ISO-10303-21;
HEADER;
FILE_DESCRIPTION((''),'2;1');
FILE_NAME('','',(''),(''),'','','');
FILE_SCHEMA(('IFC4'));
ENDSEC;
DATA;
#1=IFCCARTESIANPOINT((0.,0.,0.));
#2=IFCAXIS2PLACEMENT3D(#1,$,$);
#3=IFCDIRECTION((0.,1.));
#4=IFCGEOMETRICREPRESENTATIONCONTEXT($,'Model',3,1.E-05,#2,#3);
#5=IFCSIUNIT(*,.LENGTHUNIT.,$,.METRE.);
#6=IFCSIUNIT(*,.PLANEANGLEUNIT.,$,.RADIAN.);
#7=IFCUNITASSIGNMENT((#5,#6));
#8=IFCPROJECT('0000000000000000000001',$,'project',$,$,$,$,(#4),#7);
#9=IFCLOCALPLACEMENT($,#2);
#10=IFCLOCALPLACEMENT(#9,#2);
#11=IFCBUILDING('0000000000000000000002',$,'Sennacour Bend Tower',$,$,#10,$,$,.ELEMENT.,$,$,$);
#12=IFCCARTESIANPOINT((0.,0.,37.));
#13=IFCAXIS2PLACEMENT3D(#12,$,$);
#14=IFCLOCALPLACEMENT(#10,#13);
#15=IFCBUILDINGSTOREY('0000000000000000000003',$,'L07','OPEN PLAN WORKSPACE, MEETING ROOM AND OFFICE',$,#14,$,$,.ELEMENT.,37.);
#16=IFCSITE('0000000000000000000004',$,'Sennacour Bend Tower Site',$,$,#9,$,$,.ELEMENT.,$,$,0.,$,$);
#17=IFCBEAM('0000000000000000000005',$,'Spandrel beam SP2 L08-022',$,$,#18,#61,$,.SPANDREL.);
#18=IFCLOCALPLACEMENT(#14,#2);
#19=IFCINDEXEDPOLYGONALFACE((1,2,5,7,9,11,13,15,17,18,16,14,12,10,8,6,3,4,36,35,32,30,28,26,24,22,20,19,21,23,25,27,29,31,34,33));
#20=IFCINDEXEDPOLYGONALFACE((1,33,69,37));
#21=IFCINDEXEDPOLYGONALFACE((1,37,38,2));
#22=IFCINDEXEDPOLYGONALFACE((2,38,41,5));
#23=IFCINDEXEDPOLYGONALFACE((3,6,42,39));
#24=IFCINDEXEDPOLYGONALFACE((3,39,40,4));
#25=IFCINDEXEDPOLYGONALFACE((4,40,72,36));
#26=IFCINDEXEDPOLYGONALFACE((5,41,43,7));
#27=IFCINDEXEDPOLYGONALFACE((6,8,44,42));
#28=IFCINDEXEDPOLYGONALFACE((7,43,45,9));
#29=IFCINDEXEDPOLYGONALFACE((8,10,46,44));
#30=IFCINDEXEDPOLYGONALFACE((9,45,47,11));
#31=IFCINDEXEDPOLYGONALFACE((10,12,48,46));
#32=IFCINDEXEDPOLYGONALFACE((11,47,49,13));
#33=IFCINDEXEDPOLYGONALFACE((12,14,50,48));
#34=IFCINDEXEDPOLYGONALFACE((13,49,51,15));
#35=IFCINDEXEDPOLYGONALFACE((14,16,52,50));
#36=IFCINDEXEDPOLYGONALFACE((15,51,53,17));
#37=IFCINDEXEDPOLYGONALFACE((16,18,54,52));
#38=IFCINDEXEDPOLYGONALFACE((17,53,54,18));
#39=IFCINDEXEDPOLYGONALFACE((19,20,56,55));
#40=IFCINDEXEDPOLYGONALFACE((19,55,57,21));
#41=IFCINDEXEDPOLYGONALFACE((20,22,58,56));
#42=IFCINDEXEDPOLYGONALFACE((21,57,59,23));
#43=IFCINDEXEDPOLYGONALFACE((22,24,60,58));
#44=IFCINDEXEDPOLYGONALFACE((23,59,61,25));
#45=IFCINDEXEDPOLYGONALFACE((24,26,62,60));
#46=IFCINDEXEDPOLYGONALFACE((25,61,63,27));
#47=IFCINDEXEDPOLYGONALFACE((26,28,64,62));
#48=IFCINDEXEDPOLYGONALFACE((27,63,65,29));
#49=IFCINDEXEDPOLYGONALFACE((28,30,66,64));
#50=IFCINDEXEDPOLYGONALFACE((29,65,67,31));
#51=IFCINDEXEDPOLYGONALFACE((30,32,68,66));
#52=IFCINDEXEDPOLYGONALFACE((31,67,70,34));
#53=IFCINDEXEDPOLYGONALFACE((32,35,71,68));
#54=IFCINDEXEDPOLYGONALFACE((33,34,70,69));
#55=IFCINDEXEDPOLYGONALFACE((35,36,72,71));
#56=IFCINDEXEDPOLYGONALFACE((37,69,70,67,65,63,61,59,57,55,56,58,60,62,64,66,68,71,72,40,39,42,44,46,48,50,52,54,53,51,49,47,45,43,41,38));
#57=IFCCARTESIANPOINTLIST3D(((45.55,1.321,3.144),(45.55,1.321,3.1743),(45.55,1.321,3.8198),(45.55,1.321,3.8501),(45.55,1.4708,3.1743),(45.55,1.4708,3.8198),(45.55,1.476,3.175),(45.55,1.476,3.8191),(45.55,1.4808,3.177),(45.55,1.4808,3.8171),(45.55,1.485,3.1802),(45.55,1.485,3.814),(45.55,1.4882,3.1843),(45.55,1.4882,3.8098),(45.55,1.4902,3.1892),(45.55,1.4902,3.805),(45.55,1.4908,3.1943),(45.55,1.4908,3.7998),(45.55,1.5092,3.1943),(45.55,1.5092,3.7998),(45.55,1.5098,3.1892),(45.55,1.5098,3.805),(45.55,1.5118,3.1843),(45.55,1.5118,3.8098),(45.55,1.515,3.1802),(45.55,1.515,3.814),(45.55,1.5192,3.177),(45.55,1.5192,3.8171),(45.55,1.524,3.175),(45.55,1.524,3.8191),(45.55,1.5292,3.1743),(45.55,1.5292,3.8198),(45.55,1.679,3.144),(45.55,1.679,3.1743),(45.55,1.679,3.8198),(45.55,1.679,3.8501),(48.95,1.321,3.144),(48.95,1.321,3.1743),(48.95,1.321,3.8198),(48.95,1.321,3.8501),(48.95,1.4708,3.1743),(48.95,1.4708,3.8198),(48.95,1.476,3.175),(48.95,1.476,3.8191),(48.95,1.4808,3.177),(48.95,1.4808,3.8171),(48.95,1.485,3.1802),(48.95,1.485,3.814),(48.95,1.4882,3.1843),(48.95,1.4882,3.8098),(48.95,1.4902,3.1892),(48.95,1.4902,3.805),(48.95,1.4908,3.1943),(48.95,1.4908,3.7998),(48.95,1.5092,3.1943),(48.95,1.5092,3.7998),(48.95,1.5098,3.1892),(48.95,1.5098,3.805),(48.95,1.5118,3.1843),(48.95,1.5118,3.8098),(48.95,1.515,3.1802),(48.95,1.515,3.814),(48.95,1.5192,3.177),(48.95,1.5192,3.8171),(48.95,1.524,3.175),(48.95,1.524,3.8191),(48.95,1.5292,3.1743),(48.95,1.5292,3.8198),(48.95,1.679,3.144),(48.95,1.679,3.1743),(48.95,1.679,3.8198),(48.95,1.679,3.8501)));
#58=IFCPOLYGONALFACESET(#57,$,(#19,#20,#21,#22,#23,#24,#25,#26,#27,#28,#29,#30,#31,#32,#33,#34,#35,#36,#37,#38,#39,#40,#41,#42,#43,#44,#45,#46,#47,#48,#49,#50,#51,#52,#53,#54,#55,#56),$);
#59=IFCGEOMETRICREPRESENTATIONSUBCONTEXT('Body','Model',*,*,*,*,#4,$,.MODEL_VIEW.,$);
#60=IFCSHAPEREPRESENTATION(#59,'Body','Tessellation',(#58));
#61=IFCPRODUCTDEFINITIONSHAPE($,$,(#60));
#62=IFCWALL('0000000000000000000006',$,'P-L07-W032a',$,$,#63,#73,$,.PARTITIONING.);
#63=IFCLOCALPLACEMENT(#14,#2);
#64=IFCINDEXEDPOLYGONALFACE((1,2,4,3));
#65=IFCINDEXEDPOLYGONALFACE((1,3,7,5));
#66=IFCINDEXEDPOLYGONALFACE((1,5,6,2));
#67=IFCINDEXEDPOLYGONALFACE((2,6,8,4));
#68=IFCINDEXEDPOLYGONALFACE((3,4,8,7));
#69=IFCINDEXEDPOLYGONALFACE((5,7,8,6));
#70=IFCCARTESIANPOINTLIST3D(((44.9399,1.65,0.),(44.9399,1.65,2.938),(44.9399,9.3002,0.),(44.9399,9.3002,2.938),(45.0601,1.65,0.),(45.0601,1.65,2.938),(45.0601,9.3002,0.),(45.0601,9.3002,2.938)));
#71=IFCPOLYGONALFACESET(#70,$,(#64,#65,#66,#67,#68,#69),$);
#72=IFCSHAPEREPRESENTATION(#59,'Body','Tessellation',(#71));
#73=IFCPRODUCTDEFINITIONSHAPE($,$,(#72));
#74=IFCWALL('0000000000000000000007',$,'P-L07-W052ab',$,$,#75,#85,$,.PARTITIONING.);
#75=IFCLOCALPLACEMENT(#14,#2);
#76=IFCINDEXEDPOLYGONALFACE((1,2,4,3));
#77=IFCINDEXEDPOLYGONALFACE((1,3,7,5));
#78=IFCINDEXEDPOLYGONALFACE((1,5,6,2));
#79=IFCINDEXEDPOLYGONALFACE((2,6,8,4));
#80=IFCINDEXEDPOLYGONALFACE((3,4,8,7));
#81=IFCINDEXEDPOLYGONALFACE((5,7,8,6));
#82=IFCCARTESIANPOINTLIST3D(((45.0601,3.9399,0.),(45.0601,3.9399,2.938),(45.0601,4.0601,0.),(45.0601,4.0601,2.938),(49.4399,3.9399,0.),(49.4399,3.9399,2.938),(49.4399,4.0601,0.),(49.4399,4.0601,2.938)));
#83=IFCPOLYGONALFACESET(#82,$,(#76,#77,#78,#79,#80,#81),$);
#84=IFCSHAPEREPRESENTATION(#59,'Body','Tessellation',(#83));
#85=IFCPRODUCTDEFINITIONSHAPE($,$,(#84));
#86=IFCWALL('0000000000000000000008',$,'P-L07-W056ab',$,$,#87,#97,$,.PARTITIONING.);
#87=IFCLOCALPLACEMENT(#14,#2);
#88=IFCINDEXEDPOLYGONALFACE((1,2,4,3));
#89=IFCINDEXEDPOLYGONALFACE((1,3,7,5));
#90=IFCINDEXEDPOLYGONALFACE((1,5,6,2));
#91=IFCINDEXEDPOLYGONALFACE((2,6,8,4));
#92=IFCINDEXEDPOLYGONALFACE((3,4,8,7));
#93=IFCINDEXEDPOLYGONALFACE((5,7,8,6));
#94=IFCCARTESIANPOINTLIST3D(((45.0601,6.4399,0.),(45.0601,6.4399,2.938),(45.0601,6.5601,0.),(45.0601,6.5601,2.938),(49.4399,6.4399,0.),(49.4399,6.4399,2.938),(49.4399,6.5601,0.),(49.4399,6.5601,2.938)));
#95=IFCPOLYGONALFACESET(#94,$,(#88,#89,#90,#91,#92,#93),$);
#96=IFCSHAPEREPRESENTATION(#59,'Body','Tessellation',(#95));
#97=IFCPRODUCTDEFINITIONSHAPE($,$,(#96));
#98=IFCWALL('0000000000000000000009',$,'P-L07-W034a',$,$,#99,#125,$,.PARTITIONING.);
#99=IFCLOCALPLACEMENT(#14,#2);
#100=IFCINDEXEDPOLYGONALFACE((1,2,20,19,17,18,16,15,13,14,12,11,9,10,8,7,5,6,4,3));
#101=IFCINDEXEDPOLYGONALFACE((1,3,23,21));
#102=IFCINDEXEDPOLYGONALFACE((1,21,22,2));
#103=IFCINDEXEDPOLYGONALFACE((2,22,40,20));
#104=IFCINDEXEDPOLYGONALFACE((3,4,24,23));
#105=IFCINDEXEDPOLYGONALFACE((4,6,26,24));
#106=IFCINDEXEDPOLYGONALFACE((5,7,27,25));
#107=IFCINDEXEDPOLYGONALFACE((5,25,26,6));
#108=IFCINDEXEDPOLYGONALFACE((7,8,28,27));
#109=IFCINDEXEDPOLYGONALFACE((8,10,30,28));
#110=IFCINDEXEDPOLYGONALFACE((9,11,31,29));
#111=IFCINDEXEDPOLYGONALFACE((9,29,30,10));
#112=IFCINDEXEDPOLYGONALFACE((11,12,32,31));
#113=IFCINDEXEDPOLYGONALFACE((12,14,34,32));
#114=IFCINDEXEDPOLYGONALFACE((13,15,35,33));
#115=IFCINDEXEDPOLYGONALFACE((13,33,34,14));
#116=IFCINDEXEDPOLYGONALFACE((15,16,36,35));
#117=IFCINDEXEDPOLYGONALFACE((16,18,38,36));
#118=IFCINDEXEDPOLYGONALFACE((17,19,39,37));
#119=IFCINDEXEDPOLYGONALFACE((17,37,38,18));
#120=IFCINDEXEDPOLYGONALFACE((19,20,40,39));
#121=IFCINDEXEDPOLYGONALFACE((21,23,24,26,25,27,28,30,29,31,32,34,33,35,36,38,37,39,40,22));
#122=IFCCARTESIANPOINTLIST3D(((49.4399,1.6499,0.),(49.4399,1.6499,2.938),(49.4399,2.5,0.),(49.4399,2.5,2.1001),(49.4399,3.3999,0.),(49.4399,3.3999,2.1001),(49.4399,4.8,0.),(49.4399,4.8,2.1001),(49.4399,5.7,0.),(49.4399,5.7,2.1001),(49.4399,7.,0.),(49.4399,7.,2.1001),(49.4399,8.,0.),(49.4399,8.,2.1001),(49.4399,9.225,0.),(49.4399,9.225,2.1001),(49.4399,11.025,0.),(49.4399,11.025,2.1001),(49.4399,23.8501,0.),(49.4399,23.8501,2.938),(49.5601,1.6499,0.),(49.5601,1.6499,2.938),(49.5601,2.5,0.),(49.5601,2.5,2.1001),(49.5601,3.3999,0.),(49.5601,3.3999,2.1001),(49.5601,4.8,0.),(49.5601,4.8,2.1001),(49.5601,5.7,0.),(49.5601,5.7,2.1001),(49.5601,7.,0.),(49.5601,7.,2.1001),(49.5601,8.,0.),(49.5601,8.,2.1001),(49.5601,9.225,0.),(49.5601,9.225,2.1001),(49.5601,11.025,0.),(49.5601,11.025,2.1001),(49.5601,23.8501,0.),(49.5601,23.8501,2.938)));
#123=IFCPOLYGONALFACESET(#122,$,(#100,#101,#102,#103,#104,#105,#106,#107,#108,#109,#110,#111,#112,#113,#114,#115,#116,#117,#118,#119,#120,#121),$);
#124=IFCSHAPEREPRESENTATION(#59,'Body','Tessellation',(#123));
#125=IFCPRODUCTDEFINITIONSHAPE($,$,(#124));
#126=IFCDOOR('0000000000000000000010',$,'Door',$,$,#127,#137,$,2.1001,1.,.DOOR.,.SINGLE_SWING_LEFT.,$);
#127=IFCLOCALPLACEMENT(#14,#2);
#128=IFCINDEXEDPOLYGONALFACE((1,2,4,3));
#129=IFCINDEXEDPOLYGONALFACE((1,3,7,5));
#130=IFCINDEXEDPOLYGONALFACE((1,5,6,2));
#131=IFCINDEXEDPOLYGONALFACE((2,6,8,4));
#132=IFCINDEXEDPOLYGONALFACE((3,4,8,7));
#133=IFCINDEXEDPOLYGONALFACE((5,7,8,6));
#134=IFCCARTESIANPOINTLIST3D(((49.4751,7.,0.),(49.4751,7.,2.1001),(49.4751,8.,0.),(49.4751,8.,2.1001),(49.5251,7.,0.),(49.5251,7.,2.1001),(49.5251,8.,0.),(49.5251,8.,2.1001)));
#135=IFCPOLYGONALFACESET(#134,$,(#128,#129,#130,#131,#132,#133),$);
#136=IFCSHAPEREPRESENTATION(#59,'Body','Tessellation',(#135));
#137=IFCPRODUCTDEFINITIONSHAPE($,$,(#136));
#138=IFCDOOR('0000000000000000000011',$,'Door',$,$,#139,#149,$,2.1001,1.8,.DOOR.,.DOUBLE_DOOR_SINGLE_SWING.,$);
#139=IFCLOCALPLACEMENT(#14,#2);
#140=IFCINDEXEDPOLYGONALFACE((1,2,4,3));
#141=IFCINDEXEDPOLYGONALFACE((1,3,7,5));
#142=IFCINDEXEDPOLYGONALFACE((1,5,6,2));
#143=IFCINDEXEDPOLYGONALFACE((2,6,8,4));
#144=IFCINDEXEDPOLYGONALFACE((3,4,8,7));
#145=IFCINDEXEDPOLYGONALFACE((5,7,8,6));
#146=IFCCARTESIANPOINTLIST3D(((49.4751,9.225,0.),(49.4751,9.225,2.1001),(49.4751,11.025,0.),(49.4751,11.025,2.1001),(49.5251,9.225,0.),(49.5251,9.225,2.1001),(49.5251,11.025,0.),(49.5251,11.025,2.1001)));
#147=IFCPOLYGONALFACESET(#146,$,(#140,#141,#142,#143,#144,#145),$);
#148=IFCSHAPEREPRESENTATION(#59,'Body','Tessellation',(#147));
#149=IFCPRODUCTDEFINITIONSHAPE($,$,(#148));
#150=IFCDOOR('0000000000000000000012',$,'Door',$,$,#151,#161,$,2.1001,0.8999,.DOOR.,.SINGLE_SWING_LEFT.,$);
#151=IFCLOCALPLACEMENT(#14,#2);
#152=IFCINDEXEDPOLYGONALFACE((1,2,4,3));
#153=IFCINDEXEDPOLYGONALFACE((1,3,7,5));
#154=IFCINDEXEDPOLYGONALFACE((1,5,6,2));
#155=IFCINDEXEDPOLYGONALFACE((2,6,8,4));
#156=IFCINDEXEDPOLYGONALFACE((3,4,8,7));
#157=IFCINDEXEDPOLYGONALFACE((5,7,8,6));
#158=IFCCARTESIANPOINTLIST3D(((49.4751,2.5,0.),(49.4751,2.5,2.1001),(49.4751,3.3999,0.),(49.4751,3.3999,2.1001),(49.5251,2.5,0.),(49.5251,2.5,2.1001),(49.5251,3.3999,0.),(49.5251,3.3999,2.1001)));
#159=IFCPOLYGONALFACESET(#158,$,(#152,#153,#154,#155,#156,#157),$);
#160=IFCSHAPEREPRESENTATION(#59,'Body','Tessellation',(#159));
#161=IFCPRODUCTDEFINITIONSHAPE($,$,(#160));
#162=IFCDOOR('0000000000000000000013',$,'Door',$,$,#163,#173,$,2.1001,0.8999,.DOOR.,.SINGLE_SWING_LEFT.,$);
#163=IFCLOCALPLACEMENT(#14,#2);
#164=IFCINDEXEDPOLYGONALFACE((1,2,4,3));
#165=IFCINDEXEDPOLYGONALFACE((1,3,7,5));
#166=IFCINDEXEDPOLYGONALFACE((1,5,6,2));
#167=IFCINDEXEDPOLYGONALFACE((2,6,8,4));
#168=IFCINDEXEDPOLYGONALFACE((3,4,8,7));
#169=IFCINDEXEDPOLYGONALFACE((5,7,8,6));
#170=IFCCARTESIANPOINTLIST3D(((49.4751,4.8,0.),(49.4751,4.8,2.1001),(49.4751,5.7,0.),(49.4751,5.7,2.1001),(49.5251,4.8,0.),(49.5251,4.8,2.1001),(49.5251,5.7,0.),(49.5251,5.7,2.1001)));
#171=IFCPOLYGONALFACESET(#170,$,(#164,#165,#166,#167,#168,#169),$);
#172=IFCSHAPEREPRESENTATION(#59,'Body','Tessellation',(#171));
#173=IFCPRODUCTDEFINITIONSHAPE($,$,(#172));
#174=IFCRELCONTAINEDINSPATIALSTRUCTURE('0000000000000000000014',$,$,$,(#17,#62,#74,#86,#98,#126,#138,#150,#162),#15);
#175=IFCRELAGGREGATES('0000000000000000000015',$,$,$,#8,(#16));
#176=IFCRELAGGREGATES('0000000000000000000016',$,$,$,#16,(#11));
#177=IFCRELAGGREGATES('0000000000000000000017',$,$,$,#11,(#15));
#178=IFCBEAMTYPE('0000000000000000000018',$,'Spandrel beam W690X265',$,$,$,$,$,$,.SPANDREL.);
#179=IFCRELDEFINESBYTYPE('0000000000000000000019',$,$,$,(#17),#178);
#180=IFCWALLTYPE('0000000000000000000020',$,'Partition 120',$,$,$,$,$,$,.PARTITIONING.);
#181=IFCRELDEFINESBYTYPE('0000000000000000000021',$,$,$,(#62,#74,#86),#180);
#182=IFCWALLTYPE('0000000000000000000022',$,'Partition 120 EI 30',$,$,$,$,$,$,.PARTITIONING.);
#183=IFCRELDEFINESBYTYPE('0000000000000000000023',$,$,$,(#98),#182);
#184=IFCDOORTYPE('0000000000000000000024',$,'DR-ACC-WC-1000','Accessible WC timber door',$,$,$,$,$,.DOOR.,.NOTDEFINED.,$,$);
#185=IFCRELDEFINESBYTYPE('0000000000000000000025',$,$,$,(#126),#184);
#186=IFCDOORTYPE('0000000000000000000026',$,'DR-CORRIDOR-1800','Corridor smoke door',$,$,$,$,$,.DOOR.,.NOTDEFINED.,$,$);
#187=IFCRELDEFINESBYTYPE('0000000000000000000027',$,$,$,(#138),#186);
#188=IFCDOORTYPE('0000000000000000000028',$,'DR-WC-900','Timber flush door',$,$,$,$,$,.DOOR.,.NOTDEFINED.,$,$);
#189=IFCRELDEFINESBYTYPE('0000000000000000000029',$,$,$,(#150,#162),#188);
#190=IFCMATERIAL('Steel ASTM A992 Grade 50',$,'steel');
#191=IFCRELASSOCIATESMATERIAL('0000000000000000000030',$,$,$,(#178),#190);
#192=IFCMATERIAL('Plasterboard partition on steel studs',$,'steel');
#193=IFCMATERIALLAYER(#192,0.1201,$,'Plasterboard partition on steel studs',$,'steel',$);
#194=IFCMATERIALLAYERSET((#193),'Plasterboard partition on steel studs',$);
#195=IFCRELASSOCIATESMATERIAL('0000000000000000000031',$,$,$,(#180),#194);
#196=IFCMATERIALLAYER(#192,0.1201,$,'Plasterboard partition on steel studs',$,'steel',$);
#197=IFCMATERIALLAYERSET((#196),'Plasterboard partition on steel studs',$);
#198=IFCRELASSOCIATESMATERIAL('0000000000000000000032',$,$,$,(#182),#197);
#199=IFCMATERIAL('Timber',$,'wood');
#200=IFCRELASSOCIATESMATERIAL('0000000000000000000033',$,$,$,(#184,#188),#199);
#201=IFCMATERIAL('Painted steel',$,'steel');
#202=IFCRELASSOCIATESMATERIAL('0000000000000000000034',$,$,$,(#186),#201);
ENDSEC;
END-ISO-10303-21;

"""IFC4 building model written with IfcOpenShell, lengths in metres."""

from ifc_helpers import new_model, si_unit, direction, frame, frame_2d, origin, origin_2d, place, context, subcontext, project, spatial, rectangle, i_section, extrude, material, layer, layer_set, material_profile, profile_set, type_object, element, fill, save


model = new_model("IFC4")

# Units and contexts
model_context = context("Model", 3, precision=1e-05, world=origin(), true_north=direction((0.0, 1.0)))
body_context = subcontext(model_context, "Body", "Model", "MODEL_VIEW")
ifc_project = project(units=[si_unit("LENGTHUNIT", "METRE"), si_unit("PLANEANGLEUNIT", "RADIAN")], contexts=[model_context])

# Site, building, storey
site_placement = place(None, origin())
site = spatial("IfcSite", under=ifc_project, at=site_placement, Name="Sennacour Bend Tower Site", CompositionType="ELEMENT", RefElevation=0.0)
building_placement = place(site_placement, origin())
building = spatial("IfcBuilding", under=site, at=building_placement, Name="Sennacour Bend Tower", CompositionType="ELEMENT")
storey_placement = place(building_placement, frame((0.0, 0.0, 37.0)))
storey = spatial("IfcBuildingStorey", under=building, at=storey_placement, Name="L07", Description="OPEN PLAN WORKSPACE, MEETING ROOM AND OFFICE", CompositionType="ELEMENT", Elevation=37.0)

# Beam
ifc_material_1 = material(Name="Steel ASTM A992 Grade 50", Category="steel")
ifc_material_profile_1 = material_profile(ifc_material_1, i_section(OverallWidth=0.3579, OverallDepth=0.7061, WebThickness=0.0183, FlangeThickness=0.0303, FilletRadius=0.02, at=origin_2d()), Name="Steel ASTM A992 Grade 50", Category="steel")
ifc_profile_set_1 = profile_set([ifc_material_profile_1], Name="Steel ASTM A992 Grade 50")
beam_type_1 = type_object("IfcBeamType", Name="Spandrel beam W690X265", PredefinedType="SPANDREL", material=ifc_profile_set_1)
beam_1_placement = place(storey_placement, frame((48.95, 1.5, 3.4971), z_axis=(-1.0, 0.0, 0.0), x_axis=(0.0, -1.0, 0.0)))
element("IfcBeam", 1, at=beam_1_placement, inside=storey, type_object=beam_type_1, Name="Spandrel beam SP2 L08-022", PredefinedType="SPANDREL", context=body_context, shape_type="SweptSolid", body=[
    extrude(i_section(OverallWidth=0.3579, OverallDepth=0.7061, WebThickness=0.0183, FlangeThickness=0.0303, FilletRadius=0.02, at=origin_2d()), origin(), (0.0, 0.0, 1.0), 3.3999),
])

# Walls
ifc_material_2 = material(Name="Plasterboard partition on steel studs", Category="steel")
ifc_layer_1 = layer(ifc_material_2, 0.1201, Name="Plasterboard partition on steel studs", Category="steel")
ifc_layer_set_1 = layer_set([ifc_layer_1], Name="Plasterboard partition on steel studs")
wall_type_1 = type_object("IfcWallType", Name="Partition 120", PredefinedType="PARTITIONING", material=ifc_layer_set_1)
wall_1_placement = place(storey_placement, frame((45.0, 1.6499, 0.0), z_axis=(0.0, 0.0, 1.0), x_axis=(0.0, 1.0, 0.0)))
element("IfcWall", 2, at=wall_1_placement, inside=storey, type_object=wall_type_1, Name="P-L07-W032a", PredefinedType="PARTITIONING", context=body_context, shape_type="SweptSolid", body=[
    extrude(rectangle(XDim=7.6501, YDim=0.1201, at=frame_2d((3.8252, 0.0))), origin(), (0.0, 0.0, 1.0), 2.938),
])
for number, where, z_axis, x_axis, name in (
    (3, (45.0601, 4.0, 0.0), (0.0, 0.0, 1.0), (1.0, 0.0, 0.0), "P-L07-W052ab"),
    (4, (45.0601, 6.5, 0.0), (0.0, 0.0, 1.0), (1.0, 0.0, 0.0), "P-L07-W056ab"),
):
    element("IfcWall", number, at=place(storey_placement, frame(where, z_axis=z_axis, x_axis=x_axis)), inside=storey, type_object=wall_type_1, Name=name, PredefinedType="PARTITIONING", context=body_context, shape_type="SweptSolid", body=[
        extrude(rectangle(XDim=4.3799, YDim=0.1201, at=frame_2d((2.1899, 0.0))), origin(), (0.0, 0.0, 1.0), 2.938),
    ])

# Wall, openings, doors
ifc_layer_2 = layer(ifc_material_2, 0.1201, Name="Plasterboard partition on steel studs", Category="steel")
ifc_layer_set_2 = layer_set([ifc_layer_2], Name="Plasterboard partition on steel studs")
wall_type_2 = type_object("IfcWallType", Name="Partition 120 EI 30", PredefinedType="PARTITIONING", material=ifc_layer_set_2)
wall_2_placement = place(storey_placement, frame((49.5, 1.6499, 0.0), z_axis=(0.0, 0.0, 1.0), x_axis=(0.0, 1.0, 0.0)))
wall_2 = element("IfcWall", 5, at=wall_2_placement, inside=storey, type_object=wall_type_2, Name="P-L07-W034a", PredefinedType="PARTITIONING", context=body_context, shape_type="SweptSolid", body=[
    extrude(rectangle(XDim=22.2002, YDim=0.1201, at=frame_2d((11.1001, 0.0))), origin(), (0.0, 0.0, 1.0), 2.938),
])
opening_1_placement = place(wall_2_placement, frame((7.5752, 0.0, 0.0)))
opening_1 = element("IfcOpeningElement", 6, at=opening_1_placement, cuts=wall_2, PredefinedType="OPENING", context=body_context, shape_type="SweptSolid", body=[
    extrude(rectangle(XDim=1.8, YDim=2.1001, at=frame_2d((0.8999, 1.05))), frame((0.0, 0.0701, 0.0), z_axis=(0.0, -1.0, 0.0), x_axis=(1.0, 0.0, 0.0)), (0.0, 0.0, 1.0), 0.1401),
])
opening_2_placement = place(wall_2_placement, frame((0.8501, 0.0, 0.0)))
opening_2 = element("IfcOpeningElement", 7, at=opening_2_placement, cuts=wall_2, PredefinedType="OPENING", context=body_context, shape_type="SweptSolid", body=[
    extrude(rectangle(XDim=0.8999, YDim=2.1001, at=frame_2d((0.45, 1.05))), frame((0.0, 0.0701, 0.0), z_axis=(0.0, -1.0, 0.0), x_axis=(1.0, 0.0, 0.0)), (0.0, 0.0, 1.0), 0.1401),
])
opening_3_placement = place(wall_2_placement, frame((3.1501, 0.0, 0.0)))
opening_3 = element("IfcOpeningElement", 8, at=opening_3_placement, cuts=wall_2, PredefinedType="OPENING", context=body_context, shape_type="SweptSolid", body=[
    extrude(rectangle(XDim=0.8999, YDim=2.1001, at=frame_2d((0.45, 1.05))), frame((0.0, 0.0701, 0.0), z_axis=(0.0, -1.0, 0.0), x_axis=(1.0, 0.0, 0.0)), (0.0, 0.0, 1.0), 0.1401),
])
opening_4_placement = place(wall_2_placement, frame((5.3501, 0.0, 0.0)))
opening_4 = element("IfcOpeningElement", 9, at=opening_4_placement, cuts=wall_2, PredefinedType="OPENING", context=body_context, shape_type="SweptSolid", body=[
    extrude(rectangle(XDim=1.0, YDim=2.1001, at=frame_2d((0.5, 1.05))), frame((0.0, 0.0701, 0.0), z_axis=(0.0, -1.0, 0.0), x_axis=(1.0, 0.0, 0.0)), (0.0, 0.0, 1.0), 0.1401),
])
ifc_material_3 = material(Name="Timber", Category="wood")
door_type_1 = type_object("IfcDoorType", Name="DR-ACC-WC-1000", Description="Accessible WC timber door", OperationType="NOTDEFINED", PredefinedType="DOOR", material=ifc_material_3)
door_1_placement = place(opening_4_placement, origin())
door_1 = element("IfcDoor", 10, at=door_1_placement, inside=storey, type_object=door_type_1, Name="Door", OperationType="SINGLE_SWING_LEFT", OverallHeight=2.1001, OverallWidth=1.0, PredefinedType="DOOR", context=body_context, shape_type="SweptSolid", body=[
    extrude(rectangle(XDim=1.0, YDim=2.1001, at=frame_2d((0.5, 1.05))), frame((0.0, 0.0249, 0.0), z_axis=(0.0, -1.0, 0.0), x_axis=(1.0, 0.0, 0.0)), (0.0, 0.0, 1.0), 0.05),
])
fill(opening_4, door_1)
ifc_material_4 = material(Name="Painted steel", Category="steel")
door_type_2 = type_object("IfcDoorType", Name="DR-CORRIDOR-1800", Description="Corridor smoke door", OperationType="NOTDEFINED", PredefinedType="DOOR", material=ifc_material_4)
door_2_placement = place(opening_1_placement, origin())
door_2 = element("IfcDoor", 11, at=door_2_placement, inside=storey, type_object=door_type_2, Name="Door", OperationType="DOUBLE_DOOR_SINGLE_SWING", OverallHeight=2.1001, OverallWidth=1.8, PredefinedType="DOOR", context=body_context, shape_type="SweptSolid", body=[
    extrude(rectangle(XDim=1.8, YDim=2.1001, at=frame_2d((0.8999, 1.05))), frame((0.0, 0.0249, 0.0), z_axis=(0.0, -1.0, 0.0), x_axis=(1.0, 0.0, 0.0)), (0.0, 0.0, 1.0), 0.05),
])
fill(opening_1, door_2)
door_type_3 = type_object("IfcDoorType", Name="DR-WC-900", Description="Timber flush door", OperationType="NOTDEFINED", PredefinedType="DOOR", material=ifc_material_3)
door_3_placement = place(opening_2_placement, origin())
door_3 = element("IfcDoor", 12, at=door_3_placement, inside=storey, type_object=door_type_3, Name="Door", OperationType="SINGLE_SWING_LEFT", OverallHeight=2.1001, OverallWidth=0.8999, PredefinedType="DOOR", context=body_context, shape_type="SweptSolid", body=[
    extrude(rectangle(XDim=0.8999, YDim=2.1001, at=frame_2d((0.45, 1.05))), frame((0.0, 0.0249, 0.0), z_axis=(0.0, -1.0, 0.0), x_axis=(1.0, 0.0, 0.0)), (0.0, 0.0, 1.0), 0.05),
])
fill(opening_2, door_3)
door_4_placement = place(opening_3_placement, origin())
door_4 = element("IfcDoor", 13, at=door_4_placement, inside=storey, type_object=door_type_3, Name="Door", OperationType="SINGLE_SWING_LEFT", OverallHeight=2.1001, OverallWidth=0.8999, PredefinedType="DOOR", context=body_context, shape_type="SweptSolid", body=[
    extrude(rectangle(XDim=0.8999, YDim=2.1001, at=frame_2d((0.45, 1.05))), frame((0.0, 0.0249, 0.0), z_axis=(0.0, -1.0, 0.0), x_axis=(1.0, 0.0, 0.0)), (0.0, 0.0, 1.0), 0.05),
])
fill(opening_3, door_4)

save(model, "model.ifc")
